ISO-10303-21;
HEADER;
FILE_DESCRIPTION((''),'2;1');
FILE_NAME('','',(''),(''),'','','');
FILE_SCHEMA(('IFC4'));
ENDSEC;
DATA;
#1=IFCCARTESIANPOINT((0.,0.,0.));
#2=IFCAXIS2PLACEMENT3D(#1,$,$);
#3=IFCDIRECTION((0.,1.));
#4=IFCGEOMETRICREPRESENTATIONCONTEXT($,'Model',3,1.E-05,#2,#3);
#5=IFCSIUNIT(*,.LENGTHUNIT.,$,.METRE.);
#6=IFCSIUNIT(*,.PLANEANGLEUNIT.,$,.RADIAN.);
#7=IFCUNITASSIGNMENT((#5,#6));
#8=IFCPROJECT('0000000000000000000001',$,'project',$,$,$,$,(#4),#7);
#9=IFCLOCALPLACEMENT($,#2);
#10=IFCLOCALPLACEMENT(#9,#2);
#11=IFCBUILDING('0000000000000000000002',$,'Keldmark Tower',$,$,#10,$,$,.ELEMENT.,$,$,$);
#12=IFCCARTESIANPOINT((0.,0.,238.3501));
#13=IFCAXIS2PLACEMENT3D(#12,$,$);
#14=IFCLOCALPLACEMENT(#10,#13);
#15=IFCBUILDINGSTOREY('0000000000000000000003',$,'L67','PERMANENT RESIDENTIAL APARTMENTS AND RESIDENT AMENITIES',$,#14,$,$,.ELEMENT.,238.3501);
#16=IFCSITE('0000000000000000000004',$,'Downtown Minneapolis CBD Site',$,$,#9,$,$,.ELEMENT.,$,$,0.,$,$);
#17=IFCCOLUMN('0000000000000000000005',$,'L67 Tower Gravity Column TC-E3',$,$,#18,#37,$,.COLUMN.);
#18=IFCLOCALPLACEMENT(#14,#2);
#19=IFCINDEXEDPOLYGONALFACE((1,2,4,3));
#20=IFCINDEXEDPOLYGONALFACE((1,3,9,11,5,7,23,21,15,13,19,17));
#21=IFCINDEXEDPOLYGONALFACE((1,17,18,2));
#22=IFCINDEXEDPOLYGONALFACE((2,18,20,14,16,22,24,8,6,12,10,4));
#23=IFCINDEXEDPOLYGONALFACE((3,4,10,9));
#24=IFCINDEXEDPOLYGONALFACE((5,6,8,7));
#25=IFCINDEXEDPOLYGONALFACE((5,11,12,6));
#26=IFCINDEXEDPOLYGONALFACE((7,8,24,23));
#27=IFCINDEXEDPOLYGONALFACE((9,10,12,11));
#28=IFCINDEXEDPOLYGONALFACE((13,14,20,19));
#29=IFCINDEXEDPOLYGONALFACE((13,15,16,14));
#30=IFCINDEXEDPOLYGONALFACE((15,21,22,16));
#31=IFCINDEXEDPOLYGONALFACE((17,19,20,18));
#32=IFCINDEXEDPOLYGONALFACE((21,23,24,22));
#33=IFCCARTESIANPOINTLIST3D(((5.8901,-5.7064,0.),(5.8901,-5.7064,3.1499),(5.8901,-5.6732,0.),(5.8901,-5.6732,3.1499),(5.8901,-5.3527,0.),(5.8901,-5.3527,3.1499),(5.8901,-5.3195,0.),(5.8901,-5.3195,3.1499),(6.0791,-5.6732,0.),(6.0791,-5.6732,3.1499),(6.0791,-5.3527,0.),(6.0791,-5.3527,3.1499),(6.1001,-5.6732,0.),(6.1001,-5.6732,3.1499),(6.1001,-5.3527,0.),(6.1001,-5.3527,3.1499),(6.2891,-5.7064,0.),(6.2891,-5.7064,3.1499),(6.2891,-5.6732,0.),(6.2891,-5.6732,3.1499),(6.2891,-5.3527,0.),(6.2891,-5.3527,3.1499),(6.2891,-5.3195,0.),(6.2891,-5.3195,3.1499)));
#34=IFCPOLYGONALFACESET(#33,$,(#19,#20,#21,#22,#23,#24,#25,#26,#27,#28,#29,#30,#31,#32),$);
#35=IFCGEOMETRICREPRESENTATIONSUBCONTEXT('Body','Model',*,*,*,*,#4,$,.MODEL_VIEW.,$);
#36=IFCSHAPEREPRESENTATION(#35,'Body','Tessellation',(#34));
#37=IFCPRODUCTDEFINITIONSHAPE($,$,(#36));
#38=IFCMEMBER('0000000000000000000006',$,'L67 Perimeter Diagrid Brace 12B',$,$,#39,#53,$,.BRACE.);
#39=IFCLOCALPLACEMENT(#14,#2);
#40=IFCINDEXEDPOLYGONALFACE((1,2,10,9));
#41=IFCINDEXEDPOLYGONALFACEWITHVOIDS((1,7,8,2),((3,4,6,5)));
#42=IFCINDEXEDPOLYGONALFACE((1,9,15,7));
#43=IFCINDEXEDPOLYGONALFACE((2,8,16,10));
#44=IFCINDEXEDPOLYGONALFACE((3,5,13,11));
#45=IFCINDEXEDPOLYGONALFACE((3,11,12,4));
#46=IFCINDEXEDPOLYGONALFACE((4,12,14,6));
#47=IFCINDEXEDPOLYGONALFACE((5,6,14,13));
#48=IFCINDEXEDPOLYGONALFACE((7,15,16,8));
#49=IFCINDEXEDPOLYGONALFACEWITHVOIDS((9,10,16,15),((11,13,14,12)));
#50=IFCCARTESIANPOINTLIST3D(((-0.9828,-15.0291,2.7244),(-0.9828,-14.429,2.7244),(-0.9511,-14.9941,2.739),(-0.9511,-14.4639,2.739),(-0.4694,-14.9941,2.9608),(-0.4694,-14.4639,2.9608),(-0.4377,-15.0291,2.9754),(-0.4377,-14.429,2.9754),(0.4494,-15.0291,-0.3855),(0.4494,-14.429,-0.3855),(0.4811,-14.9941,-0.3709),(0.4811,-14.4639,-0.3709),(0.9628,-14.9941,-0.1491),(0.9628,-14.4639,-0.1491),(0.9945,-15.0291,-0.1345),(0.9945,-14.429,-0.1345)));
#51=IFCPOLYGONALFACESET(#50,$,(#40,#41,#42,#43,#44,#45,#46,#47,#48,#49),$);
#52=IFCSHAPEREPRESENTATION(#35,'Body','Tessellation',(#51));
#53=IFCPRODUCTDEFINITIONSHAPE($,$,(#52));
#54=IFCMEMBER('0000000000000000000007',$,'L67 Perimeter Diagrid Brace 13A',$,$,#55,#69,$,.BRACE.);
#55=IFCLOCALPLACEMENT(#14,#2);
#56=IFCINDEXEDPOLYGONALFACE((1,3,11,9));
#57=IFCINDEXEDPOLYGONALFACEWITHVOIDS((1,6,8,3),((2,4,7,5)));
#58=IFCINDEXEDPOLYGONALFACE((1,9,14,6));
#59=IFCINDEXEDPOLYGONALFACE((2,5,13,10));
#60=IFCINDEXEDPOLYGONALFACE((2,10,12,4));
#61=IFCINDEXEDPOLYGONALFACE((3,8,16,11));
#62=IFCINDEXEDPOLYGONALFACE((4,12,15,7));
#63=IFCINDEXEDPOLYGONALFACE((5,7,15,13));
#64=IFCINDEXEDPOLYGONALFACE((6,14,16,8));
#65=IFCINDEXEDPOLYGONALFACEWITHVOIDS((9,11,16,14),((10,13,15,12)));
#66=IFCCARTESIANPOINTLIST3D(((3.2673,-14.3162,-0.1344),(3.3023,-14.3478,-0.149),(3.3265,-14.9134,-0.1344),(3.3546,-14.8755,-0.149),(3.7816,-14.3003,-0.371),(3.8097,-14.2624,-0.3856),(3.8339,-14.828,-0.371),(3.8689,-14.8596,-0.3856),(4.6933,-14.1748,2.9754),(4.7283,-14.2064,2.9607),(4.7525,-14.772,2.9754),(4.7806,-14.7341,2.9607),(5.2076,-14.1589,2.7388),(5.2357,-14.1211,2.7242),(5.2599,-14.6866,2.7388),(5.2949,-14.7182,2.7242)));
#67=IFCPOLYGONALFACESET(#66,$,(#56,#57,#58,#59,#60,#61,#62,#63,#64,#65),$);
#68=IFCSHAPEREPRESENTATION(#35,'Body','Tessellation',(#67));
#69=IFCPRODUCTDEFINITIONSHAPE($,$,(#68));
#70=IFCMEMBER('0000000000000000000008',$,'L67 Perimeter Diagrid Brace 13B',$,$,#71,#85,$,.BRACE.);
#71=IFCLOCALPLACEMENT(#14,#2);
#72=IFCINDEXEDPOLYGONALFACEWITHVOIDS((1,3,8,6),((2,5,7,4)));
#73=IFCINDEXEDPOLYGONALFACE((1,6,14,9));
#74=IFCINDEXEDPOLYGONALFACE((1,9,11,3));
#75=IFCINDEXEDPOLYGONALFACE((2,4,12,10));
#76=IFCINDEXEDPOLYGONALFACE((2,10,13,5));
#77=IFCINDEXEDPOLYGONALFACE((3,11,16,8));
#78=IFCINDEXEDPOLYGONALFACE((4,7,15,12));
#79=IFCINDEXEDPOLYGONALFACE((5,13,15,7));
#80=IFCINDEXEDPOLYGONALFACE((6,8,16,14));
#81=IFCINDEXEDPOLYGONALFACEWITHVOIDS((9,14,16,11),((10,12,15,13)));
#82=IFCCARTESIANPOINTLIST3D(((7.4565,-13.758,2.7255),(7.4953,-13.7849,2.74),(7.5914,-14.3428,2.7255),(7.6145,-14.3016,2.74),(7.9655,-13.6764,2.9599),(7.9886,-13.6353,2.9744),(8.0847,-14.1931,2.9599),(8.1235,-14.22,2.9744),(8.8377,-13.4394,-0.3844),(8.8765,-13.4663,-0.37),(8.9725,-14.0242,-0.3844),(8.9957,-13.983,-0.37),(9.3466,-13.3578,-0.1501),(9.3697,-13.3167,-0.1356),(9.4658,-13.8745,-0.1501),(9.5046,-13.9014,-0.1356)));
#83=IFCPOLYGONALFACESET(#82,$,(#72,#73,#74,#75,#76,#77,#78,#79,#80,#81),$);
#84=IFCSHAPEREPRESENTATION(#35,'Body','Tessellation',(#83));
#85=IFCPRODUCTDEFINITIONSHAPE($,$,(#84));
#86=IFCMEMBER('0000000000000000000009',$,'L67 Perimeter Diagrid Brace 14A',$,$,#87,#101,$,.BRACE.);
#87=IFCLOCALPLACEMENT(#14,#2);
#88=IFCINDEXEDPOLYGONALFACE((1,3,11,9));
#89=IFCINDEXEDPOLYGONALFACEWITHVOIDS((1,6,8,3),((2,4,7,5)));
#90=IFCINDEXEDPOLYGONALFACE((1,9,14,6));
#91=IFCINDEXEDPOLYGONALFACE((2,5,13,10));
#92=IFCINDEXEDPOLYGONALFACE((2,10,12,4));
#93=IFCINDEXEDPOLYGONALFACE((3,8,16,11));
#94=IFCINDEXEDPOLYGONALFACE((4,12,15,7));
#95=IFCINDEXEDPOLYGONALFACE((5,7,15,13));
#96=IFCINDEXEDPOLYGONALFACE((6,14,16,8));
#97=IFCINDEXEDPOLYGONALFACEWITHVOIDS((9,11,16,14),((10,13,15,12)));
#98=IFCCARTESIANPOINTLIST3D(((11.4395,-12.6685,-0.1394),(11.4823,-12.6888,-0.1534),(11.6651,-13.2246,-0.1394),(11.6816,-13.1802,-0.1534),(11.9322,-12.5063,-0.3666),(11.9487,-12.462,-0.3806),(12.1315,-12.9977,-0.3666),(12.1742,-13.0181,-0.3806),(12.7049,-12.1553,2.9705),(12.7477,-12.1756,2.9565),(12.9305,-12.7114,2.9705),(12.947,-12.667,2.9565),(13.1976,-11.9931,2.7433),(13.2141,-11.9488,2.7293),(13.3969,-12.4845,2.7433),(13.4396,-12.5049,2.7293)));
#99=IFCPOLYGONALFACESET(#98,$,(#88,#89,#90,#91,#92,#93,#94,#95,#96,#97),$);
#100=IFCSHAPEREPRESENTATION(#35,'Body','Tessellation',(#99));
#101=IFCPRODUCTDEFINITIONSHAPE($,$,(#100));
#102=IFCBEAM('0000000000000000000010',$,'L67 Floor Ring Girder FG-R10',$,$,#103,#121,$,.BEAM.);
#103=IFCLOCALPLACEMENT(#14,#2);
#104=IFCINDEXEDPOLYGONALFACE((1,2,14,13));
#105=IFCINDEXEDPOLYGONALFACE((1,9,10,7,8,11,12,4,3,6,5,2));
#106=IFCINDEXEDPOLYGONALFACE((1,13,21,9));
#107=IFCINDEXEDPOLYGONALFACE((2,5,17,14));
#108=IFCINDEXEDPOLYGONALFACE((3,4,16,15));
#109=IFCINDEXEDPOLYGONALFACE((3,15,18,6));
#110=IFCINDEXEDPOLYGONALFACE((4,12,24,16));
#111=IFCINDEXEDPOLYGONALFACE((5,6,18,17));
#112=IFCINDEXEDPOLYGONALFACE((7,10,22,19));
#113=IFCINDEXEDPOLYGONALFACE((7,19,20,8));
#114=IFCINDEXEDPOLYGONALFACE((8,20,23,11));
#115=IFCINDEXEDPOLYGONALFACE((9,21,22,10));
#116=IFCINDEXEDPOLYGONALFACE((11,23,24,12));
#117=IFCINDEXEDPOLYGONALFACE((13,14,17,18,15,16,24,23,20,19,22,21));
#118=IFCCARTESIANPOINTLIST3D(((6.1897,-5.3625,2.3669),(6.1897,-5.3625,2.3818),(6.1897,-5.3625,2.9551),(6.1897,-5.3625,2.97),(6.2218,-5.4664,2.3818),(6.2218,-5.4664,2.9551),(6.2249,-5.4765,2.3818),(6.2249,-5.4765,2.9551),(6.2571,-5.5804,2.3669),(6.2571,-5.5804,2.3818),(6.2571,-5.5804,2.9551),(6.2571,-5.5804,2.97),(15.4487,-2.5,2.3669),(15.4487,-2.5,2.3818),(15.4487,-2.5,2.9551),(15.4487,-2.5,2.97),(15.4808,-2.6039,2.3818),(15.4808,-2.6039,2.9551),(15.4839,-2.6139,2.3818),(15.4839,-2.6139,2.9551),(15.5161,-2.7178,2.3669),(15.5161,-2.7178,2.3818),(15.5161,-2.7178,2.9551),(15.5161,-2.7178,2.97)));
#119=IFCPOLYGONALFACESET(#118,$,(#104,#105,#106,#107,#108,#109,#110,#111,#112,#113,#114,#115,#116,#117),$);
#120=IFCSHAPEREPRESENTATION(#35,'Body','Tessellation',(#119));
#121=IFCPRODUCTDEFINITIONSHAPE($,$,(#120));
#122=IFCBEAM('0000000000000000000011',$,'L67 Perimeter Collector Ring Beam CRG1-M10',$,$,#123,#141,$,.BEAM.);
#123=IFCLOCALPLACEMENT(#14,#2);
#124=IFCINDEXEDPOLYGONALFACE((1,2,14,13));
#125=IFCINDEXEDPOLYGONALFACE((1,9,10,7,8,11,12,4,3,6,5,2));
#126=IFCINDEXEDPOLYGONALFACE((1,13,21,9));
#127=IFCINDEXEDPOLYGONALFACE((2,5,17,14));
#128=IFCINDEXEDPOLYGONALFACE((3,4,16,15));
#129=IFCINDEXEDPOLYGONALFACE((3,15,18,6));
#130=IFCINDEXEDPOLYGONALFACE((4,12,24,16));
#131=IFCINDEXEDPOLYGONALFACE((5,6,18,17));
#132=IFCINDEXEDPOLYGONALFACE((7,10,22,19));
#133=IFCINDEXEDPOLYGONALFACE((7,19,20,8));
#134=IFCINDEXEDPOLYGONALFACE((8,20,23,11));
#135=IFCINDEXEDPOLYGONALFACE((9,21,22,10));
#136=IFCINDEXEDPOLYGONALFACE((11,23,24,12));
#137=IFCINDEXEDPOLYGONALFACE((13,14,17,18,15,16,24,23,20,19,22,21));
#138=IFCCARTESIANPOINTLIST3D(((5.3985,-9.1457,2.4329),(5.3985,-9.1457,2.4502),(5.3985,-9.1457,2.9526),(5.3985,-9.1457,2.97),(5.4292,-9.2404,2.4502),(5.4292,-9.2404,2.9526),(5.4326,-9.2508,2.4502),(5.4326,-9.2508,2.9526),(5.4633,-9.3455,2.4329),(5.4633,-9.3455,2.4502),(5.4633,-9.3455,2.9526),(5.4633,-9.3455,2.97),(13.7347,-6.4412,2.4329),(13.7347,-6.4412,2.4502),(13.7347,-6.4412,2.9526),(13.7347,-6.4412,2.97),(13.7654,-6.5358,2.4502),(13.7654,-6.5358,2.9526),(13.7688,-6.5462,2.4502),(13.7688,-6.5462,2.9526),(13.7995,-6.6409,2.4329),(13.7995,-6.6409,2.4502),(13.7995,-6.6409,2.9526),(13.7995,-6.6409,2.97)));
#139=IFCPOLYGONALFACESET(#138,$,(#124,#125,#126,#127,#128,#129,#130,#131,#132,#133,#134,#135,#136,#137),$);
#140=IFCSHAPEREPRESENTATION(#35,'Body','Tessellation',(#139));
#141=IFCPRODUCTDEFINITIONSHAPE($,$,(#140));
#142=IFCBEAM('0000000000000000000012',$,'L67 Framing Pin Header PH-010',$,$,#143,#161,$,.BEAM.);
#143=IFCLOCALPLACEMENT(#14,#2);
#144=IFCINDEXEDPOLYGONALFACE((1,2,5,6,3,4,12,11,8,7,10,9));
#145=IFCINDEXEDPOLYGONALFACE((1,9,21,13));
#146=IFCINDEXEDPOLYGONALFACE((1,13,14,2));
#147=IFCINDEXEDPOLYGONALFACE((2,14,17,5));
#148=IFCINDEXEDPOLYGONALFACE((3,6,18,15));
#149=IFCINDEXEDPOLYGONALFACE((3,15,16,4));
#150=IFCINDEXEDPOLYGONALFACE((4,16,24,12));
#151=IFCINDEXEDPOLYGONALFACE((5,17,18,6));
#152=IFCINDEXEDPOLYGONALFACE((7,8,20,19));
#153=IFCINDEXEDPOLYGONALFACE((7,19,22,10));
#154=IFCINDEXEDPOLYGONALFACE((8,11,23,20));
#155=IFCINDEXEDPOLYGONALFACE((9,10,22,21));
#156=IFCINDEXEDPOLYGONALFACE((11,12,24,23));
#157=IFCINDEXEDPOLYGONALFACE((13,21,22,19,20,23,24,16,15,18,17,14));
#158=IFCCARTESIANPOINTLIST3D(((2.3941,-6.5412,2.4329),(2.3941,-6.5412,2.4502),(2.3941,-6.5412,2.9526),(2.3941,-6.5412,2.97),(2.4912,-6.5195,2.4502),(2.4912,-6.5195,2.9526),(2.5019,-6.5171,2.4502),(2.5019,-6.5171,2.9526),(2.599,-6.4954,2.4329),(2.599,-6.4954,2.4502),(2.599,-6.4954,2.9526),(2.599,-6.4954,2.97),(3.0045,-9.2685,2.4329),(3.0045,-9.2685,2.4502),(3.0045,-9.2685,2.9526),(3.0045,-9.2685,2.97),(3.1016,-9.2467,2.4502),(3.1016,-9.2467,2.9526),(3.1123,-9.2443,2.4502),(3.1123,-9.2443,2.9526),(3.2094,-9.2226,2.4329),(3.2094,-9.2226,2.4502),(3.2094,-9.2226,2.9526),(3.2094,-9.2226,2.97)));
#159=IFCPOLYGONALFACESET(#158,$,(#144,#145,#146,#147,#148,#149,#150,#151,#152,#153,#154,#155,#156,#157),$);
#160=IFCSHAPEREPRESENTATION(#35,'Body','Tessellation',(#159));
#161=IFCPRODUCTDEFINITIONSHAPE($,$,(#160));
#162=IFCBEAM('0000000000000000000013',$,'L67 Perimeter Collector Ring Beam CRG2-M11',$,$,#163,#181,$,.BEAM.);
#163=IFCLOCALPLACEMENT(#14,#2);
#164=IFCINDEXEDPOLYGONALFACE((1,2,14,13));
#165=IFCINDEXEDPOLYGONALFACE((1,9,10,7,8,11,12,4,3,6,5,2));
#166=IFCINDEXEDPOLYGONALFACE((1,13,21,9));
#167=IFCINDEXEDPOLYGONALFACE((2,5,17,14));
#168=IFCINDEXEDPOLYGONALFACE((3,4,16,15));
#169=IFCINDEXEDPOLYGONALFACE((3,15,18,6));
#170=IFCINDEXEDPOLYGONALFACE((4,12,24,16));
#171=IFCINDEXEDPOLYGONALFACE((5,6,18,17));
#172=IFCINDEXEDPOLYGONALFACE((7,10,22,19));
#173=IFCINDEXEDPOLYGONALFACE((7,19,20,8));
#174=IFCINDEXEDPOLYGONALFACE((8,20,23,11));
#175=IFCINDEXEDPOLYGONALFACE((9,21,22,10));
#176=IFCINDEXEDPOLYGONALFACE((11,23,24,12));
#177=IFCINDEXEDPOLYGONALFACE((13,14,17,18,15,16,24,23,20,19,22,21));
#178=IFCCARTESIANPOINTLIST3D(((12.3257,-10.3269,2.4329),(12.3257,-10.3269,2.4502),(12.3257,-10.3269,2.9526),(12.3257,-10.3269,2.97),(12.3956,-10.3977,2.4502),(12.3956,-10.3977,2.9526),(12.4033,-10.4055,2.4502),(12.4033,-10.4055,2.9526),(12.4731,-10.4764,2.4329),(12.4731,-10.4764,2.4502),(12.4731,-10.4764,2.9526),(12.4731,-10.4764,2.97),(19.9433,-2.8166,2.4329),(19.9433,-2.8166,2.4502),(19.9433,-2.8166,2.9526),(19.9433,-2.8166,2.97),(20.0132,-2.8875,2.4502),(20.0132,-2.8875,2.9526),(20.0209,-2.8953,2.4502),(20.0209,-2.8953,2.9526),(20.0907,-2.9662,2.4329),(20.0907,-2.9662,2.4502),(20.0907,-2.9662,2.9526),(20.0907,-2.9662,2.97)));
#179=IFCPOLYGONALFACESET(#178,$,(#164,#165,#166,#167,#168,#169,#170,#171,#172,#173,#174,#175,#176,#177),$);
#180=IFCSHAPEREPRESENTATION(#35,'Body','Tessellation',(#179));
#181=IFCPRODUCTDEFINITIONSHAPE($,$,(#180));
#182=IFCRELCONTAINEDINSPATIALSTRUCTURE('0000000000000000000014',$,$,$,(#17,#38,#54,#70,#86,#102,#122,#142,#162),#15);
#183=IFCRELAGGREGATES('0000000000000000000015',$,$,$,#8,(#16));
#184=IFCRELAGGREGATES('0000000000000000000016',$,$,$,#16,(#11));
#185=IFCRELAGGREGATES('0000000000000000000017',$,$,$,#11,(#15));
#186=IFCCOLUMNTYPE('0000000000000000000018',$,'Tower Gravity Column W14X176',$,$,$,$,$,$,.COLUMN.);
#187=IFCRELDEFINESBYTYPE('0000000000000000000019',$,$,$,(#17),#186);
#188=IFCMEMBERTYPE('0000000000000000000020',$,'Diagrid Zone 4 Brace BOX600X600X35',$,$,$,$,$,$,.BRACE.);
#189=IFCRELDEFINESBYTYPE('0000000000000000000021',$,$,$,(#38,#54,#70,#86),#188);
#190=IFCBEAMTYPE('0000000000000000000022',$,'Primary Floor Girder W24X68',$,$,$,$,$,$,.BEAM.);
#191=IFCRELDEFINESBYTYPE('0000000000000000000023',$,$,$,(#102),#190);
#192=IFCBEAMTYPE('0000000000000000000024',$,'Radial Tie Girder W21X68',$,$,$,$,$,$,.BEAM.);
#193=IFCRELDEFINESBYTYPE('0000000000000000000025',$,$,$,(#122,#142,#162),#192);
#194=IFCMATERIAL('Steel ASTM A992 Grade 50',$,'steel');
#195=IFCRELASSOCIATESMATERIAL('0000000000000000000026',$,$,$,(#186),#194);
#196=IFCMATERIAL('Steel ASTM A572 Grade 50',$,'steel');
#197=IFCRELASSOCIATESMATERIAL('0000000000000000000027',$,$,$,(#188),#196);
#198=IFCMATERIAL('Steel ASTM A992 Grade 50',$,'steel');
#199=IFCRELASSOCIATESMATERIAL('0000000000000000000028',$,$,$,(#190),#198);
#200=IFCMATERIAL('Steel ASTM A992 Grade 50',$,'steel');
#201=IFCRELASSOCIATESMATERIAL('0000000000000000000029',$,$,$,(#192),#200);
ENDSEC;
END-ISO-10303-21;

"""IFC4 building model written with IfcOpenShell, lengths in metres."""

from ifc_helpers import new_model, si_unit, direction, frame, origin, origin_2d, place, context, subcontext, project, spatial, hollow_rectangle, i_section, extrude, material, material_profile, profile_set, type_object, element, save


model = new_model("IFC4")

# Units and contexts
model_context = context("Model", 3, precision=1e-05, world=origin(), true_north=direction((0.0, 1.0)))
body_context = subcontext(model_context, "Body", "Model", "MODEL_VIEW")
ifc_project = project(units=[si_unit("LENGTHUNIT", "METRE"), si_unit("PLANEANGLEUNIT", "RADIAN")], contexts=[model_context])

# Site, building, storey
site_placement = place(None, origin())
site = spatial("IfcSite", under=ifc_project, at=site_placement, Name="Downtown Minneapolis CBD Site", CompositionType="ELEMENT", RefElevation=0.0)
building_placement = place(site_placement, origin())
building = spatial("IfcBuilding", under=site, at=building_placement, Name="Keldmark Tower", CompositionType="ELEMENT")
storey_placement = place(building_placement, frame((0.0, 0.0, 238.3501)))
storey = spatial("IfcBuildingStorey", under=building, at=storey_placement, Name="L67", Description="PERMANENT RESIDENTIAL APARTMENTS AND RESIDENT AMENITIES", CompositionType="ELEMENT", Elevation=238.3501)

# Column
ifc_material_1 = material(Name="Steel ASTM A992 Grade 50", Category="steel")
ifc_material_profile_1 = material_profile(ifc_material_1, i_section(OverallWidth=0.3989, OverallDepth=0.387, WebThickness=0.021, FlangeThickness=0.0332, at=origin_2d()), Name="W14X176")
ifc_profile_set_1 = profile_set([ifc_material_profile_1], Name="Steel ASTM A992 Grade 50")
column_type = type_object("IfcColumnType", Name="Tower Gravity Column W14X176", PredefinedType="COLUMN", material=ifc_profile_set_1)
column_placement = place(storey_placement, frame((6.0896, -5.5129, 0.0), z_axis=(0.0, 0.0, 1.0), x_axis=(1.0, 0.0, 0.0)))
element("IfcColumn", 1, at=column_placement, inside=storey, type_object=column_type, Name="L67 Tower Gravity Column TC-E3", PredefinedType="COLUMN", context=body_context, shape_type="SweptSolid", body=[
    extrude(i_section(OverallWidth=0.3989, OverallDepth=0.387, WebThickness=0.021, FlangeThickness=0.0332, at=origin_2d()), origin(), (0.0, 0.0, 1.0), 3.1499),
])

# Members
ifc_material_2 = material(Name="Steel ASTM A572 Grade 50", Category="steel")
ifc_material_profile_2 = material_profile(ifc_material_2, hollow_rectangle(XDim=0.6001, YDim=0.6001, WallThickness=0.0349, at=origin_2d()), Name="BOX600X600X35")
ifc_profile_set_2 = profile_set([ifc_material_profile_2], Name="Steel ASTM A572 Grade 50")
member_type = type_object("IfcMemberType", Name="Diagrid Zone 4 Brace BOX600X600X35", PredefinedType="BRACE", material=ifc_profile_set_2)
member_1_placement = place(storey_placement, frame((0.7219, -14.729, -0.26), z_axis=(-0.418289, 0.0, 0.908314), x_axis=(0.0, -1.0, 0.0)))
element("IfcMember", 2, at=member_1_placement, inside=storey, type_object=member_type, Name="L67 Perimeter Diagrid Brace 12B", PredefinedType="BRACE", context=body_context, shape_type="SweptSolid", body=[
    extrude(hollow_rectangle(XDim=0.6001, YDim=0.6001, WallThickness=0.0349, at=origin_2d()), origin(), (0.0, 0.0, 1.0), 3.4238),
])
member_2_placement = place(storey_placement, frame((3.5681, -14.5879, -0.26), z_axis=(0.416462, 0.041283, 0.908216), x_axis=(-0.098643, 0.995123, 0.0)))
element("IfcMember", 3, at=member_2_placement, inside=storey, type_object=member_type, Name="L67 Perimeter Diagrid Brace 13A", PredefinedType="BRACE", context=body_context, shape_type="SweptSolid", body=[
    extrude(hollow_rectangle(XDim=0.6001, YDim=0.6001, WallThickness=0.0349, at=origin_2d()), origin(), (0.0, 0.0, 1.0), 3.4241),
])
member_3_placement = place(storey_placement, frame((9.1711, -13.6704, -0.26), z_axis=(-0.404111, -0.093223, 0.909947), x_axis=(0.224784, -0.974409, 0.0)))
element("IfcMember", 4, at=member_3_placement, inside=storey, type_object=member_type, Name="L67 Perimeter Diagrid Brace 13B", PredefinedType="BRACE", context=body_context, shape_type="SweptSolid", body=[
    extrude(hollow_rectangle(XDim=0.6001, YDim=0.6001, WallThickness=0.0349, at=origin_2d()), origin(), (0.0, 0.0, 1.0), 3.4177),
])
member_4_placement = place(storey_placement, frame((11.8069, -12.8433, -0.26), z_axis=(0.372561, 0.151095, 0.915625), x_axis=(-0.375825, 0.92669, 0.0)))
element("IfcMember", 5, at=member_4_placement, inside=storey, type_object=member_type, Name="L67 Perimeter Diagrid Brace 14A", PredefinedType="BRACE", context=body_context, shape_type="SweptSolid", body=[
    extrude(hollow_rectangle(XDim=0.6001, YDim=0.6001, WallThickness=0.0349, at=origin_2d()), origin(), (0.0, 0.0, 1.0), 3.3965),
])

# Beams
ifc_material_3 = material(Name="Steel ASTM A992 Grade 50", Category="steel")
ifc_material_profile_3 = material_profile(ifc_material_3, i_section(OverallWidth=0.228, OverallDepth=0.603, WebThickness=0.0105, FlangeThickness=0.0149, at=origin_2d()), Name="W24X68")
ifc_profile_set_3 = profile_set([ifc_material_profile_3], Name="Steel ASTM A992 Grade 50")
beam_type_1 = type_object("IfcBeamType", Name="Primary Floor Girder W24X68", PredefinedType="BEAM", material=ifc_profile_set_3)
beam_1_placement = place(storey_placement, frame((6.2234, -5.4714, 2.6685), z_axis=(0.955383, 0.295369, 0.0), x_axis=(-0.295369, 0.955383, 0.0)))
element("IfcBeam", 6, at=beam_1_placement, inside=storey, type_object=beam_type_1, Name="L67 Floor Ring Girder FG-R10", PredefinedType="BEAM", context=body_context, shape_type="SweptSolid", body=[
    extrude(i_section(OverallWidth=0.228, OverallDepth=0.603, WebThickness=0.0105, FlangeThickness=0.0149, at=origin_2d()), origin(), (0.0, 0.0, 1.0), 9.6914),
])
ifc_material_4 = material(Name="Steel ASTM A992 Grade 50", Category="steel")
ifc_material_profile_4 = material_profile(ifc_material_4, i_section(OverallWidth=0.21, OverallDepth=0.5371, WebThickness=0.011, FlangeThickness=0.0173, at=origin_2d()), Name="W21X68")
ifc_profile_set_4 = profile_set([ifc_material_profile_4], Name="Steel ASTM A992 Grade 50")
beam_type_2 = type_object("IfcBeamType", Name="Radial Tie Girder W21X68", PredefinedType="BEAM", material=ifc_profile_set_4)
beam_2_placement = place(storey_placement, frame((5.4309, -9.2456, 2.7014), z_axis=(0.951191, 0.308604, 0.0), x_axis=(-0.308604, 0.951191, 0.0)))
element("IfcBeam", 7, at=beam_2_placement, inside=storey, type_object=beam_type_2, Name="L67 Perimeter Collector Ring Beam CRG1-M10", PredefinedType="BEAM", context=body_context, shape_type="SweptSolid", body=[
    extrude(i_section(OverallWidth=0.21, OverallDepth=0.5371, WebThickness=0.011, FlangeThickness=0.0173, at=origin_2d()), origin(), (0.0, 0.0, 1.0), 8.7639),
])
beam_3_placement = place(storey_placement, frame((2.4966, -6.5183, 2.7014), z_axis=(0.218392, -0.975861, 0.0), x_axis=(0.975861, 0.218392, 0.0)))
element("IfcBeam", 8, at=beam_3_placement, inside=storey, type_object=beam_type_2, Name="L67 Framing Pin Header PH-010", PredefinedType="BEAM", context=body_context, shape_type="SweptSolid", body=[
    extrude(i_section(OverallWidth=0.21, OverallDepth=0.5371, WebThickness=0.011, FlangeThickness=0.0173, at=origin_2d()), origin(), (0.0, 0.0, 1.0), 2.7947),
])
beam_4_placement = place(storey_placement, frame((12.3994, -10.4016, 2.7014), z_axis=(0.71211, 0.702068, 0.0), x_axis=(-0.702068, 0.71211, 0.0)))
element("IfcBeam", 9, at=beam_4_placement, inside=storey, type_object=beam_type_2, Name="L67 Perimeter Collector Ring Beam CRG2-M11", PredefinedType="BEAM", context=body_context, shape_type="SweptSolid", body=[
    extrude(i_section(OverallWidth=0.21, OverallDepth=0.5371, WebThickness=0.011, FlangeThickness=0.0173, at=origin_2d()), origin(), (0.0, 0.0, 1.0), 10.6973),
])

save(model, "model.ifc")
